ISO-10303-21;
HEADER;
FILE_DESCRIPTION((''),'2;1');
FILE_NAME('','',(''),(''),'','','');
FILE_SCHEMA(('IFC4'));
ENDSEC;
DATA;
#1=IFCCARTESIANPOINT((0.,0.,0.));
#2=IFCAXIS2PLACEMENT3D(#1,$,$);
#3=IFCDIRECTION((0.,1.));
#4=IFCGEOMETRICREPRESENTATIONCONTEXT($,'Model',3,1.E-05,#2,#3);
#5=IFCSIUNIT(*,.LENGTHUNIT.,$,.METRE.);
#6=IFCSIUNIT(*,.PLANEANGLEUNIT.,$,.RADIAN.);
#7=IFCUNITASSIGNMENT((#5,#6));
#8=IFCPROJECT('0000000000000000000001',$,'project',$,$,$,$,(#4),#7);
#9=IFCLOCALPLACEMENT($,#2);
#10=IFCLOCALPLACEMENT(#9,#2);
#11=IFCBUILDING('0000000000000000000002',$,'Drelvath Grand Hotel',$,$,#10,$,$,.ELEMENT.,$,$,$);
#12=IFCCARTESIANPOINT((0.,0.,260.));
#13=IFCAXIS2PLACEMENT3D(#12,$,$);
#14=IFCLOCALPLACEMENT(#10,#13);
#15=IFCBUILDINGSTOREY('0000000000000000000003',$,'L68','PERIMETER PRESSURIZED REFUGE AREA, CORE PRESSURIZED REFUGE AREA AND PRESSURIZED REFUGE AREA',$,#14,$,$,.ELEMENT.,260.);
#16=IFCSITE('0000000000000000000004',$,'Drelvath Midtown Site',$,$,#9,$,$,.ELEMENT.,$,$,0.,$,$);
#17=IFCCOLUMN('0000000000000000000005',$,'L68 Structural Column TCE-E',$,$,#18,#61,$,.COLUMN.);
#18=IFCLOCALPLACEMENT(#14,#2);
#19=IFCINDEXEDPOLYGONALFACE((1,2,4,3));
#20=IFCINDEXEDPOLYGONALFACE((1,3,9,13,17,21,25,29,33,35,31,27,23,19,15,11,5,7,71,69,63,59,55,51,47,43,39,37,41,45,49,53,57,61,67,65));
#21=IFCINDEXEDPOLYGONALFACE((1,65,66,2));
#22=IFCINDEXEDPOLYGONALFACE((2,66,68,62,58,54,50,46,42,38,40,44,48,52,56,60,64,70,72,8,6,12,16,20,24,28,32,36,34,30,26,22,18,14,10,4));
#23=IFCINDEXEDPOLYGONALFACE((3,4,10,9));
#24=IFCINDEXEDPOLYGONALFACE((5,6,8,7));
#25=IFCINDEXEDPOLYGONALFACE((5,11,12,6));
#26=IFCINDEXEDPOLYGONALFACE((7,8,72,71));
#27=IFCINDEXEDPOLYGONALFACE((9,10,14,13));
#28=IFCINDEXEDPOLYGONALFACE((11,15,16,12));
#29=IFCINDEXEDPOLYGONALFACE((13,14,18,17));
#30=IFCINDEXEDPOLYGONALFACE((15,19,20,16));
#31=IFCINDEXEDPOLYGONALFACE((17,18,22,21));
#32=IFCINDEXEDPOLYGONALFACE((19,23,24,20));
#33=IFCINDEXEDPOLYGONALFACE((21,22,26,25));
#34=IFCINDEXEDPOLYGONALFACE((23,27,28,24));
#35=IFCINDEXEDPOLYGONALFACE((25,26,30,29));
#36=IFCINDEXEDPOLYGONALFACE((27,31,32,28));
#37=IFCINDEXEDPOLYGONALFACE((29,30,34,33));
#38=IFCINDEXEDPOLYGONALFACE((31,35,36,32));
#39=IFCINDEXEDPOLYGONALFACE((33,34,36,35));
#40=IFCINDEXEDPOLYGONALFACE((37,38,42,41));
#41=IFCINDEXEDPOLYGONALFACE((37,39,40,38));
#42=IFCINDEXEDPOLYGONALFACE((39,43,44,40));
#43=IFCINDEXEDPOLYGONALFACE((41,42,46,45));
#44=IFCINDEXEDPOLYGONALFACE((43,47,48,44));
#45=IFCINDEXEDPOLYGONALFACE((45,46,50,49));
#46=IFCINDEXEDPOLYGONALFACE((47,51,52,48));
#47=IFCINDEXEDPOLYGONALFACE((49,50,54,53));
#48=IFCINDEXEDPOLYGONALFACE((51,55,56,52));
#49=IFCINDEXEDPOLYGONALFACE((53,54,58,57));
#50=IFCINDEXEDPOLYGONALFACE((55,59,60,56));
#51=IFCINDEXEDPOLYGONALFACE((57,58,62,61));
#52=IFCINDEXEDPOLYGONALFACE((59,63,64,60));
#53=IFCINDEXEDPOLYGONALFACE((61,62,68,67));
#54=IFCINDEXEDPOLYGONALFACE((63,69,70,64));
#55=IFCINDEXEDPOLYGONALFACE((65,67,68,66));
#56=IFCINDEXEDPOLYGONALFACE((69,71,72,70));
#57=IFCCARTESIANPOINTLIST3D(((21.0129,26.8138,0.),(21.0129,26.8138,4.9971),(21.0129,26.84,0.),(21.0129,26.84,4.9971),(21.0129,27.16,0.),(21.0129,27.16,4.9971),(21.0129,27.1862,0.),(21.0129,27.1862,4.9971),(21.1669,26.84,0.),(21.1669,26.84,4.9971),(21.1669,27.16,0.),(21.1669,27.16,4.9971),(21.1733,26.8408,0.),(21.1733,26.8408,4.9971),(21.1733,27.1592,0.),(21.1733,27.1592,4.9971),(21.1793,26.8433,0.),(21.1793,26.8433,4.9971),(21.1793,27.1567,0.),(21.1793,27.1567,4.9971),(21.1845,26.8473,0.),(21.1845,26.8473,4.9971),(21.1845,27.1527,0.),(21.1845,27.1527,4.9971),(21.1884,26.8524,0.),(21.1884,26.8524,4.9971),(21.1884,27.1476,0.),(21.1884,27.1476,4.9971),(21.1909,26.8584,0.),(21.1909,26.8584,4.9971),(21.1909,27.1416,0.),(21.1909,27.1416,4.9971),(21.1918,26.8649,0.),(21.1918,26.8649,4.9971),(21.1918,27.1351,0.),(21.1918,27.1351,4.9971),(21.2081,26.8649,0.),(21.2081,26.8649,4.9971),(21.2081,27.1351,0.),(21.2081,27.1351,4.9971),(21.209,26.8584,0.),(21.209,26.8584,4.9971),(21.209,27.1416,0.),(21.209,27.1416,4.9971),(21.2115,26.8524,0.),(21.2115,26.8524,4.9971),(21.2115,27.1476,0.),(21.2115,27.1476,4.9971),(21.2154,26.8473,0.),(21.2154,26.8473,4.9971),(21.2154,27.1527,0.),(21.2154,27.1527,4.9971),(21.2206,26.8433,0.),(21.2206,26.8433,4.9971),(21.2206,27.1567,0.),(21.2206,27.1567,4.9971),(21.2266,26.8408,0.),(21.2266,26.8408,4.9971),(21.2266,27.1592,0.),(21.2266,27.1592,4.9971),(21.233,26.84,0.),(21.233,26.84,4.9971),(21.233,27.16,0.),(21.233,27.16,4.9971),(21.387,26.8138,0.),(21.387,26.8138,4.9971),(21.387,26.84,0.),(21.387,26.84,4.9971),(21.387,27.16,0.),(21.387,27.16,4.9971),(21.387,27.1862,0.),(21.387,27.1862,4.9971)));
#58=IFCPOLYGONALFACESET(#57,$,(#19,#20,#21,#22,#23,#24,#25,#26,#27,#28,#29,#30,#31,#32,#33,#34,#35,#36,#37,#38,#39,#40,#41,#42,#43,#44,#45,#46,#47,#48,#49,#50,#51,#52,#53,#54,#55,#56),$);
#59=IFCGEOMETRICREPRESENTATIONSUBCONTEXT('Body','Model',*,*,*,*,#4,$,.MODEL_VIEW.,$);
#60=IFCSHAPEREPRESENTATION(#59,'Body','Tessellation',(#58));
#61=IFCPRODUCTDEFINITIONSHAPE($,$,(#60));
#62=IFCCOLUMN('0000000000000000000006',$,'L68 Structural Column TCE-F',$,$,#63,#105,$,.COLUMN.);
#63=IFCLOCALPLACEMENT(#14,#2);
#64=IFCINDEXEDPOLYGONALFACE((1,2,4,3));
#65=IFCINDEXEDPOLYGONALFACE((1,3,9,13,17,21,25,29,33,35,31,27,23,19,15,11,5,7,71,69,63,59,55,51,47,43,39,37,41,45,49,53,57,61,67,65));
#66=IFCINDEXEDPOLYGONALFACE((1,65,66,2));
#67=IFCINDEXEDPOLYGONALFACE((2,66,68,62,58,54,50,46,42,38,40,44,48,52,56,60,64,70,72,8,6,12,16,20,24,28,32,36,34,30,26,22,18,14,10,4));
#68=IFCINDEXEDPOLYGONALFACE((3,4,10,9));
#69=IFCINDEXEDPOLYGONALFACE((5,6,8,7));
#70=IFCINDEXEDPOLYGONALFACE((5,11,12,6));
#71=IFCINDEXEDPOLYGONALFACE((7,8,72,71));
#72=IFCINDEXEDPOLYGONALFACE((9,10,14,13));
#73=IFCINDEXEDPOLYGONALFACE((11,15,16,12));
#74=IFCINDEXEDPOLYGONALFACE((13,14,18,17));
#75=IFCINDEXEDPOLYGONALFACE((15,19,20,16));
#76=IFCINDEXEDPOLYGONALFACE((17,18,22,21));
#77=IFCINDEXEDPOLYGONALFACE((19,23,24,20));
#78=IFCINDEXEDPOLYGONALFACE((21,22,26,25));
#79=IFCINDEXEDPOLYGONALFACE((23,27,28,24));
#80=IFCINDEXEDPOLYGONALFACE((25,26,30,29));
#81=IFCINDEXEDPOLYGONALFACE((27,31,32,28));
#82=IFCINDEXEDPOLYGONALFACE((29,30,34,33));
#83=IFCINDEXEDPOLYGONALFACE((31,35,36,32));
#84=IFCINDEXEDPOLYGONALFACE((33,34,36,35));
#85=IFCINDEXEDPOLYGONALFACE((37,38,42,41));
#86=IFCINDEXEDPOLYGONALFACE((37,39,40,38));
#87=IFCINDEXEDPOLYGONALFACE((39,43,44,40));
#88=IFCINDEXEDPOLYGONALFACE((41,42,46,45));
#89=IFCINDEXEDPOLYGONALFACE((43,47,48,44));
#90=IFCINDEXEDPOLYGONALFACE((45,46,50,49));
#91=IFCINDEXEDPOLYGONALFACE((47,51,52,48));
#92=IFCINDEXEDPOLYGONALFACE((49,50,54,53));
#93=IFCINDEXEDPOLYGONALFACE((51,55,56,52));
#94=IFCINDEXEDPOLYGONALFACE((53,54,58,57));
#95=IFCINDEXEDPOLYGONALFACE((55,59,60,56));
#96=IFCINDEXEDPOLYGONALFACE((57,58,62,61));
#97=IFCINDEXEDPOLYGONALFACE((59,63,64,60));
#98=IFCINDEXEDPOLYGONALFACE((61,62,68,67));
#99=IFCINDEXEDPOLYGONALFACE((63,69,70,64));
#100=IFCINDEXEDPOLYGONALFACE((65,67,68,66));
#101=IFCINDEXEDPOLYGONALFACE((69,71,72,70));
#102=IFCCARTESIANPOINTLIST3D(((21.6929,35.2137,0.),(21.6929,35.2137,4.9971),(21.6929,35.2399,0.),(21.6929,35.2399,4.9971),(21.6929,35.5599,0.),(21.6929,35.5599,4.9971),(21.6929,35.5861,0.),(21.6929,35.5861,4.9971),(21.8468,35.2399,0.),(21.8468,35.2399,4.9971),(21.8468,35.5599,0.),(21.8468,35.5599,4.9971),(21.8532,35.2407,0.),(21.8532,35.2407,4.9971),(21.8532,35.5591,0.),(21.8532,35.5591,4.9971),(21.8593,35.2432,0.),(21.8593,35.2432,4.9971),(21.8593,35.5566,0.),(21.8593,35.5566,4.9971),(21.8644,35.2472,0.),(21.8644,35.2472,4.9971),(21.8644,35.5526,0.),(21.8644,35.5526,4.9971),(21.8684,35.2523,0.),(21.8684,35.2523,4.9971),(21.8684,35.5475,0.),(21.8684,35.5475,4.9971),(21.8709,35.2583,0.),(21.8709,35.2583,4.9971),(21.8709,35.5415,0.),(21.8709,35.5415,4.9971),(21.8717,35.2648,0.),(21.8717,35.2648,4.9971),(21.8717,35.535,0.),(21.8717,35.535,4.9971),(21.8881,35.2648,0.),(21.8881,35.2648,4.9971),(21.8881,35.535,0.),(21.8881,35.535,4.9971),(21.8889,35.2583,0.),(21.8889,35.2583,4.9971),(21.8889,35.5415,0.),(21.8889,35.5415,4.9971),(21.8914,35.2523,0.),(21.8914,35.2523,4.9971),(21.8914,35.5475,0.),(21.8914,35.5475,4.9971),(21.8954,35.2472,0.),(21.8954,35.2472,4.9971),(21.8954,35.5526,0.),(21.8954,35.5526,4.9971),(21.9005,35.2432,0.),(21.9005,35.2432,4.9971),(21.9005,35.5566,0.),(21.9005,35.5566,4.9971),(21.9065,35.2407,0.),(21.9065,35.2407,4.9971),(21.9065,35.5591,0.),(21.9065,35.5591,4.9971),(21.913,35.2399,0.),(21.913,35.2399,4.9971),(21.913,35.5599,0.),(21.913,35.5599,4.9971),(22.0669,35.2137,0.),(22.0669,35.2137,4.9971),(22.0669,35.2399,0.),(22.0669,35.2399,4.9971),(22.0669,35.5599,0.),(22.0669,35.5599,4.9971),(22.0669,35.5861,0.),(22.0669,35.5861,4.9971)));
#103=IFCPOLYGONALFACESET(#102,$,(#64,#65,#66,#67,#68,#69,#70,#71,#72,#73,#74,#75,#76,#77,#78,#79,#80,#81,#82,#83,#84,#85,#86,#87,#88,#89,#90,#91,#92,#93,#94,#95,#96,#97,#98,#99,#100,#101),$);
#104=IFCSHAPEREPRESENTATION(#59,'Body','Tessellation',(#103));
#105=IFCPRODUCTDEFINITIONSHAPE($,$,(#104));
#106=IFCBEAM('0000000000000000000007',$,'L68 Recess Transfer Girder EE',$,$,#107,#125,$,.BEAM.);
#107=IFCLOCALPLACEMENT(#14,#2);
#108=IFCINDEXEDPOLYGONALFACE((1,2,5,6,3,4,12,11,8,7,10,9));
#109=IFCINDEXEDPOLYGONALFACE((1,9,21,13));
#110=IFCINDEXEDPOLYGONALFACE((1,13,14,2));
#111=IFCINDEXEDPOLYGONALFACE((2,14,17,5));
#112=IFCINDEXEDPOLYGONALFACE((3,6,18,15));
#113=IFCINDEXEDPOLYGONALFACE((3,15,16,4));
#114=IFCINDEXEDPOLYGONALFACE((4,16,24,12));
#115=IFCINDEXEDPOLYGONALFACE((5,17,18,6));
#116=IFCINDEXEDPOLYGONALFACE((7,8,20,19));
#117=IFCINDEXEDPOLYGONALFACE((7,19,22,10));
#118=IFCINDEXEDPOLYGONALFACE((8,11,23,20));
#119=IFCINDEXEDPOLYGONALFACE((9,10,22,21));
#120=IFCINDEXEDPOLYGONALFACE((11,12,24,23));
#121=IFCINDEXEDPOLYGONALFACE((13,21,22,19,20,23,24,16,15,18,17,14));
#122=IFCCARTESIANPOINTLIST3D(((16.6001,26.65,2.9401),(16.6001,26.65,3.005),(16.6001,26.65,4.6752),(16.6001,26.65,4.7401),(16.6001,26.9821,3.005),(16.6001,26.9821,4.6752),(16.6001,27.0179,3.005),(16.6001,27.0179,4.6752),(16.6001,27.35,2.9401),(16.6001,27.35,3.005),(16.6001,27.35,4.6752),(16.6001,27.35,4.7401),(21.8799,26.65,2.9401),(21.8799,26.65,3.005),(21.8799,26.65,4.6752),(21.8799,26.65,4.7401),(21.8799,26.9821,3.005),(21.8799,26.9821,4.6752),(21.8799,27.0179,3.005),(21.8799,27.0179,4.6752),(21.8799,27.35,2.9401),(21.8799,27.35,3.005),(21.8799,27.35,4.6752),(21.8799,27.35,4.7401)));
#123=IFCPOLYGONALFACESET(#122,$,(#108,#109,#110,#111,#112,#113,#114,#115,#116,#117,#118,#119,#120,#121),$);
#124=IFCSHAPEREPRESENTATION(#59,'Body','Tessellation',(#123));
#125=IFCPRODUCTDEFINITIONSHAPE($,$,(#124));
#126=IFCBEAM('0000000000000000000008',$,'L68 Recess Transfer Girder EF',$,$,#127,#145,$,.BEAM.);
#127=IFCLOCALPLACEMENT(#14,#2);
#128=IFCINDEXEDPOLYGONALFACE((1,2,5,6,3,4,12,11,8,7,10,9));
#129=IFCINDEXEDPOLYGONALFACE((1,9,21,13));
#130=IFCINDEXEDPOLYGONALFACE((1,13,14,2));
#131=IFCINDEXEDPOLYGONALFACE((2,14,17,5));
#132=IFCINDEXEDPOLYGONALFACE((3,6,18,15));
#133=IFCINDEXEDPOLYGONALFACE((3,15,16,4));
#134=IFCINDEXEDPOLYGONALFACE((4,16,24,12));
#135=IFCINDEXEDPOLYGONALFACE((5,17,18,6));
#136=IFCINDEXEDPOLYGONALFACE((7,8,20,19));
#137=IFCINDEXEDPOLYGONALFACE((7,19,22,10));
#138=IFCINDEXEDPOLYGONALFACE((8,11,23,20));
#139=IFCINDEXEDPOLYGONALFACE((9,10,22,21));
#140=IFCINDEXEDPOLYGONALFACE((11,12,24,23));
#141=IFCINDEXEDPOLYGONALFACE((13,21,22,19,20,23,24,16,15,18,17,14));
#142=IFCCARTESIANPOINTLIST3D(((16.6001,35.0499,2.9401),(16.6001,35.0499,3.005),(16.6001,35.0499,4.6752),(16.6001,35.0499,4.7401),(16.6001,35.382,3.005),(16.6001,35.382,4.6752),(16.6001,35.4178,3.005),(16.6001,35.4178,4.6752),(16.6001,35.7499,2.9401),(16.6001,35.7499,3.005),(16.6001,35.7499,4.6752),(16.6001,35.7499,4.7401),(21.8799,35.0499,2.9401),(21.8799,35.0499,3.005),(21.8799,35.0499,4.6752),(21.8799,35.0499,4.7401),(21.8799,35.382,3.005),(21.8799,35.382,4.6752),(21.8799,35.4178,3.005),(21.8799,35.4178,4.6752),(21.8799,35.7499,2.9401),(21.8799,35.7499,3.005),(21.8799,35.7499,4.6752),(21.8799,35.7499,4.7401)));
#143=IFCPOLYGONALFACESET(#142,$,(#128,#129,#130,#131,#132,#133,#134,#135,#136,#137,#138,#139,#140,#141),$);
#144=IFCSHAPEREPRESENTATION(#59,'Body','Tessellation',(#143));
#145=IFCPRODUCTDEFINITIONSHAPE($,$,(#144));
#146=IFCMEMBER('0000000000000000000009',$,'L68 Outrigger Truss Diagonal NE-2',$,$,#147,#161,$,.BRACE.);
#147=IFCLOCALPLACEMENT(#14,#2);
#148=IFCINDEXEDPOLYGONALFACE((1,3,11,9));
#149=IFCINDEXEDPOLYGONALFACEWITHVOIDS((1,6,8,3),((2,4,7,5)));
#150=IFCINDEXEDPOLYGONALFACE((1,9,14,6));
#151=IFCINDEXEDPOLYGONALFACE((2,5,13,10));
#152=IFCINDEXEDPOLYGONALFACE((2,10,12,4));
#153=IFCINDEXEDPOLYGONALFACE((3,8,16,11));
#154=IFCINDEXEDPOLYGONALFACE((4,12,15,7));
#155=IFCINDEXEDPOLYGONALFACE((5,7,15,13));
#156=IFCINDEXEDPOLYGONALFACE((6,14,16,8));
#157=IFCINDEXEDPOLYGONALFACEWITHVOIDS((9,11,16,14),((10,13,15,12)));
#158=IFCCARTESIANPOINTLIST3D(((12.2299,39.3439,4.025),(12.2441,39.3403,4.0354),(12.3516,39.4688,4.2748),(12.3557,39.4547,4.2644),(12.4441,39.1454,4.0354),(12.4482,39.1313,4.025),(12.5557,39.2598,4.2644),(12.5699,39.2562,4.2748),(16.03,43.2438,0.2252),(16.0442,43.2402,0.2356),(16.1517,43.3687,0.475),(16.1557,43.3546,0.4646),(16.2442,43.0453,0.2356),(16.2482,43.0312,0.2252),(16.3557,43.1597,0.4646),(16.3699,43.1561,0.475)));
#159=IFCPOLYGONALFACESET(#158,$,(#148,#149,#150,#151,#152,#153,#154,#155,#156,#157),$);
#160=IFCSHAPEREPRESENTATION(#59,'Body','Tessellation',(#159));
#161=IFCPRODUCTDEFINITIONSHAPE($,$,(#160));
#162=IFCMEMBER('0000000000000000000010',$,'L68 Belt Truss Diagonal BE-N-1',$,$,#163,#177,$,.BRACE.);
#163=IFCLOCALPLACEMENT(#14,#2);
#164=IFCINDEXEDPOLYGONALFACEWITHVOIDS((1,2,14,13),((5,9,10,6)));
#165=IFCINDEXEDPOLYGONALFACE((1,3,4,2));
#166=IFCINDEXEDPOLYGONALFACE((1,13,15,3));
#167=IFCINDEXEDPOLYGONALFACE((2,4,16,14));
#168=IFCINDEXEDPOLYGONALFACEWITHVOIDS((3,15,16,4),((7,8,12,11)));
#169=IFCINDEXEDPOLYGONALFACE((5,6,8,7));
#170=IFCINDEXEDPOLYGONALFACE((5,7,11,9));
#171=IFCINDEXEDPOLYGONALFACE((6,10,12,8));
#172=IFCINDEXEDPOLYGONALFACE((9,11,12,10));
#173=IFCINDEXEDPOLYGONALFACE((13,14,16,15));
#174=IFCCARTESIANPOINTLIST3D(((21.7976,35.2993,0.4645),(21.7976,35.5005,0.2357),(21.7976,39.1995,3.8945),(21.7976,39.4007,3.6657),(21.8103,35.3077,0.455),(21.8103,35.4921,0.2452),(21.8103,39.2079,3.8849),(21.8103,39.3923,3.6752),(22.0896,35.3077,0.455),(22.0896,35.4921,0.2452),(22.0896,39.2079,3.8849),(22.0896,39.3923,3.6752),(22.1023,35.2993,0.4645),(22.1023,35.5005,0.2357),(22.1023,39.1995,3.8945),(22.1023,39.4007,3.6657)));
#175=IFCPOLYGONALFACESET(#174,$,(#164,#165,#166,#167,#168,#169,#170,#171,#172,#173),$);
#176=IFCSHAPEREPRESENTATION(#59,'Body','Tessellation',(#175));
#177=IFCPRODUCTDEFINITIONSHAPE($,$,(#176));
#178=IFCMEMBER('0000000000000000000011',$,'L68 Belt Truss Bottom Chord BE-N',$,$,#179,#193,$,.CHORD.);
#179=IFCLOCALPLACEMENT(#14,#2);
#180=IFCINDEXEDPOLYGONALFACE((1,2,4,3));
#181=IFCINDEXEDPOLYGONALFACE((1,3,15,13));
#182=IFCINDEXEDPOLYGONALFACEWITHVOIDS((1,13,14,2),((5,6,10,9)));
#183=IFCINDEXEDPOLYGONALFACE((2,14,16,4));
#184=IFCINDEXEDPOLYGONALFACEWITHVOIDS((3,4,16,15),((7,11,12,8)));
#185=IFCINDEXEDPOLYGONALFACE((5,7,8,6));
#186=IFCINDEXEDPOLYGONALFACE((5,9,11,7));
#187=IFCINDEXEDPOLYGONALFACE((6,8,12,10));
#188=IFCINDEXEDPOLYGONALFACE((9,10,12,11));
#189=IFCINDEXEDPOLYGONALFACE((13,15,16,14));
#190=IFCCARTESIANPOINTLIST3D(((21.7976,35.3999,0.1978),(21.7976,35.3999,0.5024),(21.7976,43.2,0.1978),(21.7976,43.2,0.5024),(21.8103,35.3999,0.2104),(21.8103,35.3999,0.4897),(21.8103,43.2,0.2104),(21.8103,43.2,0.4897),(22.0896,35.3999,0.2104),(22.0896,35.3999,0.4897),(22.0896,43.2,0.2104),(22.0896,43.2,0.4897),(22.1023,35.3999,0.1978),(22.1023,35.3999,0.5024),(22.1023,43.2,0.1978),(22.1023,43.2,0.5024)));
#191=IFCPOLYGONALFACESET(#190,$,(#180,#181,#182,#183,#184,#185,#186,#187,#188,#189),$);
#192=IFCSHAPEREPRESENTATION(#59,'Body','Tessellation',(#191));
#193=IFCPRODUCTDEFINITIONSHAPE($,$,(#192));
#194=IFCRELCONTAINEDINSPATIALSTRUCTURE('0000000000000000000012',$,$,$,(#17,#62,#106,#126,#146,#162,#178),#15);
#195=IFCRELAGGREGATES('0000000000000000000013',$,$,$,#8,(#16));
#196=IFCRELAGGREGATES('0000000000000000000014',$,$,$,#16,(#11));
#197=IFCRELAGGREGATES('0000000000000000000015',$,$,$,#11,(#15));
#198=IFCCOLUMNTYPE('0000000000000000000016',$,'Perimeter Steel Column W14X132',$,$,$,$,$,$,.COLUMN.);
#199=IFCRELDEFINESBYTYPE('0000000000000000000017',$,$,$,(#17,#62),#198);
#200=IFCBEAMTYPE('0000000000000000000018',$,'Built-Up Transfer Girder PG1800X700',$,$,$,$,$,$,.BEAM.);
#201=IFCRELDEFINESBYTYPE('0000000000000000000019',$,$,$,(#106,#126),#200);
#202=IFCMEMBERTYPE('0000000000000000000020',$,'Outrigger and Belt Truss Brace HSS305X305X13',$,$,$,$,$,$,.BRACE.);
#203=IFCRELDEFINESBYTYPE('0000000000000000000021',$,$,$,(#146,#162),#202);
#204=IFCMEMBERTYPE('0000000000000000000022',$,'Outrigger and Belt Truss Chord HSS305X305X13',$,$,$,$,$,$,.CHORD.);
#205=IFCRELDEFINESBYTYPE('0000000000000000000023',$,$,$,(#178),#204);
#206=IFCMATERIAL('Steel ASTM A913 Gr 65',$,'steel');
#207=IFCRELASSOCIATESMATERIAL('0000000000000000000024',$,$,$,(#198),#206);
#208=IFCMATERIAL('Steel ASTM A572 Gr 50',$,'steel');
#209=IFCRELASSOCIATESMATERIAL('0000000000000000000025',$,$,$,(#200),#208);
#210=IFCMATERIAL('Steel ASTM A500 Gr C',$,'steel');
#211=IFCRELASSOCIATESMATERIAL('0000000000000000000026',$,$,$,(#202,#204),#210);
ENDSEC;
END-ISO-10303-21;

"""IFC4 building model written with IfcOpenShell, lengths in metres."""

from ifc_helpers import new_model, si_unit, direction, frame, origin, origin_2d, place, context, subcontext, project, spatial, hollow_rectangle, i_section, extrude, material, material_profile, profile_set, type_object, element, save


model = new_model("IFC4")

# Units and contexts
model_context = context("Model", 3, precision=1e-05, world=origin(), true_north=direction((0.0, 1.0)))
body_context = subcontext(model_context, "Body", "Model", "MODEL_VIEW")
ifc_project = project(units=[si_unit("LENGTHUNIT", "METRE"), si_unit("PLANEANGLEUNIT", "RADIAN")], contexts=[model_context])

# Site, building, storey
site_placement = place(None, origin())
site = spatial("IfcSite", under=ifc_project, at=site_placement, Name="Drelvath Midtown Site", CompositionType="ELEMENT", RefElevation=0.0)
building_placement = place(site_placement, origin())
building = spatial("IfcBuilding", under=site, at=building_placement, Name="Drelvath Grand Hotel", CompositionType="ELEMENT")
storey_placement = place(building_placement, frame((0.0, 0.0, 260.0)))
storey = spatial("IfcBuildingStorey", under=building, at=storey_placement, Name="L68", Description="PERIMETER PRESSURIZED REFUGE AREA, CORE PRESSURIZED REFUGE AREA AND PRESSURIZED REFUGE AREA", CompositionType="ELEMENT", Elevation=260.0)

# Columns
ifc_material_1 = material(Name="Steel ASTM A913 Gr 65", Category="steel")
ifc_material_profile_1 = material_profile(ifc_material_1, i_section(OverallWidth=0.374, OverallDepth=0.3723, WebThickness=0.0164, FlangeThickness=0.0261, FilletRadius=0.0249, at=origin_2d()), Name="W14X132")
ifc_profile_set_1 = profile_set([ifc_material_profile_1], Name="Steel ASTM A913 Gr 65")
column_type = type_object("IfcColumnType", Name="Perimeter Steel Column W14X132", PredefinedType="COLUMN", material=ifc_profile_set_1)
for number, where, z_axis, x_axis, name in (
    (1, (21.2, 27.0, 0.0), (0.0, 0.0, 1.0), (1.0, 0.0, 0.0), "L68 Structural Column TCE-E"),
    (2, (21.8799, 35.3999, 0.0), (0.0, 0.0, 1.0), (1.0, 0.0, 0.0), "L68 Structural Column TCE-F"),
):
    element("IfcColumn", number, at=place(storey_placement, frame(where, z_axis=z_axis, x_axis=x_axis)), inside=storey, type_object=column_type, Name=name, PredefinedType="COLUMN", context=body_context, shape_type="SweptSolid", body=[
        extrude(i_section(OverallWidth=0.374, OverallDepth=0.3723, WebThickness=0.0164, FlangeThickness=0.0261, FilletRadius=0.0249, at=origin_2d()), origin(), (0.0, 0.0, 1.0), 4.9971),
    ])

# Beams
ifc_material_2 = material(Name="Steel ASTM A572 Gr 50", Category="steel")
ifc_material_profile_2 = material_profile(ifc_material_2, i_section(OverallWidth=0.7, OverallDepth=1.8, WebThickness=0.0359, FlangeThickness=0.0649, at=origin_2d()), Name="PG1800X700")
ifc_profile_set_2 = profile_set([ifc_material_profile_2], Name="Steel ASTM A572 Gr 50")
beam_type_1 = type_object("IfcBeamType", Name="Built-Up Transfer Girder PG1800X700", PredefinedType="BEAM", material=ifc_profile_set_2)
for number, where, z_axis, x_axis, name in (
    (3, (16.6001, 27.0, 3.8401), (1.0, 0.0, 0.0), (0.0, 1.0, 0.0), "L68 Recess Transfer Girder EE"),
    (4, (16.6001, 35.3999, 3.8401), (1.0, 0.0, 0.0), (0.0, 1.0, 0.0), "L68 Recess Transfer Girder EF"),
):
    element("IfcBeam", number, at=place(storey_placement, frame(where, z_axis=z_axis, x_axis=x_axis)), inside=storey, type_object=beam_type_1, Name=name, PredefinedType="BEAM", context=body_context, shape_type="SweptSolid", body=[
        extrude(i_section(OverallWidth=0.7, OverallDepth=1.8, WebThickness=0.0359, FlangeThickness=0.0649, at=origin_2d()), origin(), (0.0, 0.0, 1.0), 5.2798),
    ])

# Members
ifc_material_3 = material(Name="Steel ASTM A500 Gr C", Category="steel")
ifc_material_profile_3 = material_profile(ifc_material_3, hollow_rectangle(XDim=0.3047, YDim=0.3047, WallThickness=0.0127, at=origin_2d()), Name="HSS305X305X13")
ifc_profile_set_3 = profile_set([ifc_material_profile_3], Name="Steel ASTM A500 Gr C")
member_type_1 = type_object("IfcMemberType", Name="Outrigger and Belt Truss Brace HSS305X305X13", PredefinedType="BRACE", material=ifc_profile_set_3)
member_1_placement = place(storey_placement, frame((12.3999, 39.3, 4.1499), z_axis=(0.572306, 0.587345, -0.572269), x_axis=(-0.716216, 0.697878, 0.0)))
element("IfcMember", 5, at=member_1_placement, inside=storey, type_object=member_type_1, Name="L68 Outrigger Truss Diagonal NE-2", PredefinedType="BRACE", context=body_context, shape_type="SweptSolid", body=[
    extrude(hollow_rectangle(XDim=0.3047, YDim=0.3047, WallThickness=0.0127, at=origin_2d()), origin(), (0.0, 0.0, 1.0), 6.6399),
])
member_2_placement = place(storey_placement, frame((21.95, 35.3999, 0.3501), z_axis=(0.0, 0.750923, 0.660389), x_axis=(-1.0, 0.0, 0.0)))
element("IfcMember", 6, at=member_2_placement, inside=storey, type_object=member_type_1, Name="L68 Belt Truss Diagonal BE-N-1", PredefinedType="BRACE", context=body_context, shape_type="SweptSolid", body=[
    extrude(hollow_rectangle(XDim=0.3047, YDim=0.3047, WallThickness=0.0127, at=origin_2d()), origin(), (0.0, 0.0, 1.0), 5.1938),
])
ifc_material_profile_4 = material_profile(ifc_material_3, hollow_rectangle(XDim=0.3047, YDim=0.3047, WallThickness=0.0127, at=origin_2d()), Name="HSS305X305X13")
ifc_profile_set_4 = profile_set([ifc_material_profile_4], Name="Steel ASTM A500 Gr C")
member_type_2 = type_object("IfcMemberType", Name="Outrigger and Belt Truss Chord HSS305X305X13", PredefinedType="CHORD", material=ifc_profile_set_4)
for number, where, z_axis, x_axis, name in (
    (7, (21.95, 35.3999, 0.3501), (0.0, 1.0, 0.0), (-1.0, 0.0, 0.0), "L68 Belt Truss Bottom Chord BE-N"),
):
    element("IfcMember", number, at=place(storey_placement, frame(where, z_axis=z_axis, x_axis=x_axis)), inside=storey, type_object=member_type_2, Name=name, PredefinedType="CHORD", context=body_context, shape_type="SweptSolid", body=[
        extrude(hollow_rectangle(XDim=0.3047, YDim=0.3047, WallThickness=0.0127, at=origin_2d()), origin(), (0.0, 0.0, 1.0), 7.8),
    ])

save(model, "model.ifc")
